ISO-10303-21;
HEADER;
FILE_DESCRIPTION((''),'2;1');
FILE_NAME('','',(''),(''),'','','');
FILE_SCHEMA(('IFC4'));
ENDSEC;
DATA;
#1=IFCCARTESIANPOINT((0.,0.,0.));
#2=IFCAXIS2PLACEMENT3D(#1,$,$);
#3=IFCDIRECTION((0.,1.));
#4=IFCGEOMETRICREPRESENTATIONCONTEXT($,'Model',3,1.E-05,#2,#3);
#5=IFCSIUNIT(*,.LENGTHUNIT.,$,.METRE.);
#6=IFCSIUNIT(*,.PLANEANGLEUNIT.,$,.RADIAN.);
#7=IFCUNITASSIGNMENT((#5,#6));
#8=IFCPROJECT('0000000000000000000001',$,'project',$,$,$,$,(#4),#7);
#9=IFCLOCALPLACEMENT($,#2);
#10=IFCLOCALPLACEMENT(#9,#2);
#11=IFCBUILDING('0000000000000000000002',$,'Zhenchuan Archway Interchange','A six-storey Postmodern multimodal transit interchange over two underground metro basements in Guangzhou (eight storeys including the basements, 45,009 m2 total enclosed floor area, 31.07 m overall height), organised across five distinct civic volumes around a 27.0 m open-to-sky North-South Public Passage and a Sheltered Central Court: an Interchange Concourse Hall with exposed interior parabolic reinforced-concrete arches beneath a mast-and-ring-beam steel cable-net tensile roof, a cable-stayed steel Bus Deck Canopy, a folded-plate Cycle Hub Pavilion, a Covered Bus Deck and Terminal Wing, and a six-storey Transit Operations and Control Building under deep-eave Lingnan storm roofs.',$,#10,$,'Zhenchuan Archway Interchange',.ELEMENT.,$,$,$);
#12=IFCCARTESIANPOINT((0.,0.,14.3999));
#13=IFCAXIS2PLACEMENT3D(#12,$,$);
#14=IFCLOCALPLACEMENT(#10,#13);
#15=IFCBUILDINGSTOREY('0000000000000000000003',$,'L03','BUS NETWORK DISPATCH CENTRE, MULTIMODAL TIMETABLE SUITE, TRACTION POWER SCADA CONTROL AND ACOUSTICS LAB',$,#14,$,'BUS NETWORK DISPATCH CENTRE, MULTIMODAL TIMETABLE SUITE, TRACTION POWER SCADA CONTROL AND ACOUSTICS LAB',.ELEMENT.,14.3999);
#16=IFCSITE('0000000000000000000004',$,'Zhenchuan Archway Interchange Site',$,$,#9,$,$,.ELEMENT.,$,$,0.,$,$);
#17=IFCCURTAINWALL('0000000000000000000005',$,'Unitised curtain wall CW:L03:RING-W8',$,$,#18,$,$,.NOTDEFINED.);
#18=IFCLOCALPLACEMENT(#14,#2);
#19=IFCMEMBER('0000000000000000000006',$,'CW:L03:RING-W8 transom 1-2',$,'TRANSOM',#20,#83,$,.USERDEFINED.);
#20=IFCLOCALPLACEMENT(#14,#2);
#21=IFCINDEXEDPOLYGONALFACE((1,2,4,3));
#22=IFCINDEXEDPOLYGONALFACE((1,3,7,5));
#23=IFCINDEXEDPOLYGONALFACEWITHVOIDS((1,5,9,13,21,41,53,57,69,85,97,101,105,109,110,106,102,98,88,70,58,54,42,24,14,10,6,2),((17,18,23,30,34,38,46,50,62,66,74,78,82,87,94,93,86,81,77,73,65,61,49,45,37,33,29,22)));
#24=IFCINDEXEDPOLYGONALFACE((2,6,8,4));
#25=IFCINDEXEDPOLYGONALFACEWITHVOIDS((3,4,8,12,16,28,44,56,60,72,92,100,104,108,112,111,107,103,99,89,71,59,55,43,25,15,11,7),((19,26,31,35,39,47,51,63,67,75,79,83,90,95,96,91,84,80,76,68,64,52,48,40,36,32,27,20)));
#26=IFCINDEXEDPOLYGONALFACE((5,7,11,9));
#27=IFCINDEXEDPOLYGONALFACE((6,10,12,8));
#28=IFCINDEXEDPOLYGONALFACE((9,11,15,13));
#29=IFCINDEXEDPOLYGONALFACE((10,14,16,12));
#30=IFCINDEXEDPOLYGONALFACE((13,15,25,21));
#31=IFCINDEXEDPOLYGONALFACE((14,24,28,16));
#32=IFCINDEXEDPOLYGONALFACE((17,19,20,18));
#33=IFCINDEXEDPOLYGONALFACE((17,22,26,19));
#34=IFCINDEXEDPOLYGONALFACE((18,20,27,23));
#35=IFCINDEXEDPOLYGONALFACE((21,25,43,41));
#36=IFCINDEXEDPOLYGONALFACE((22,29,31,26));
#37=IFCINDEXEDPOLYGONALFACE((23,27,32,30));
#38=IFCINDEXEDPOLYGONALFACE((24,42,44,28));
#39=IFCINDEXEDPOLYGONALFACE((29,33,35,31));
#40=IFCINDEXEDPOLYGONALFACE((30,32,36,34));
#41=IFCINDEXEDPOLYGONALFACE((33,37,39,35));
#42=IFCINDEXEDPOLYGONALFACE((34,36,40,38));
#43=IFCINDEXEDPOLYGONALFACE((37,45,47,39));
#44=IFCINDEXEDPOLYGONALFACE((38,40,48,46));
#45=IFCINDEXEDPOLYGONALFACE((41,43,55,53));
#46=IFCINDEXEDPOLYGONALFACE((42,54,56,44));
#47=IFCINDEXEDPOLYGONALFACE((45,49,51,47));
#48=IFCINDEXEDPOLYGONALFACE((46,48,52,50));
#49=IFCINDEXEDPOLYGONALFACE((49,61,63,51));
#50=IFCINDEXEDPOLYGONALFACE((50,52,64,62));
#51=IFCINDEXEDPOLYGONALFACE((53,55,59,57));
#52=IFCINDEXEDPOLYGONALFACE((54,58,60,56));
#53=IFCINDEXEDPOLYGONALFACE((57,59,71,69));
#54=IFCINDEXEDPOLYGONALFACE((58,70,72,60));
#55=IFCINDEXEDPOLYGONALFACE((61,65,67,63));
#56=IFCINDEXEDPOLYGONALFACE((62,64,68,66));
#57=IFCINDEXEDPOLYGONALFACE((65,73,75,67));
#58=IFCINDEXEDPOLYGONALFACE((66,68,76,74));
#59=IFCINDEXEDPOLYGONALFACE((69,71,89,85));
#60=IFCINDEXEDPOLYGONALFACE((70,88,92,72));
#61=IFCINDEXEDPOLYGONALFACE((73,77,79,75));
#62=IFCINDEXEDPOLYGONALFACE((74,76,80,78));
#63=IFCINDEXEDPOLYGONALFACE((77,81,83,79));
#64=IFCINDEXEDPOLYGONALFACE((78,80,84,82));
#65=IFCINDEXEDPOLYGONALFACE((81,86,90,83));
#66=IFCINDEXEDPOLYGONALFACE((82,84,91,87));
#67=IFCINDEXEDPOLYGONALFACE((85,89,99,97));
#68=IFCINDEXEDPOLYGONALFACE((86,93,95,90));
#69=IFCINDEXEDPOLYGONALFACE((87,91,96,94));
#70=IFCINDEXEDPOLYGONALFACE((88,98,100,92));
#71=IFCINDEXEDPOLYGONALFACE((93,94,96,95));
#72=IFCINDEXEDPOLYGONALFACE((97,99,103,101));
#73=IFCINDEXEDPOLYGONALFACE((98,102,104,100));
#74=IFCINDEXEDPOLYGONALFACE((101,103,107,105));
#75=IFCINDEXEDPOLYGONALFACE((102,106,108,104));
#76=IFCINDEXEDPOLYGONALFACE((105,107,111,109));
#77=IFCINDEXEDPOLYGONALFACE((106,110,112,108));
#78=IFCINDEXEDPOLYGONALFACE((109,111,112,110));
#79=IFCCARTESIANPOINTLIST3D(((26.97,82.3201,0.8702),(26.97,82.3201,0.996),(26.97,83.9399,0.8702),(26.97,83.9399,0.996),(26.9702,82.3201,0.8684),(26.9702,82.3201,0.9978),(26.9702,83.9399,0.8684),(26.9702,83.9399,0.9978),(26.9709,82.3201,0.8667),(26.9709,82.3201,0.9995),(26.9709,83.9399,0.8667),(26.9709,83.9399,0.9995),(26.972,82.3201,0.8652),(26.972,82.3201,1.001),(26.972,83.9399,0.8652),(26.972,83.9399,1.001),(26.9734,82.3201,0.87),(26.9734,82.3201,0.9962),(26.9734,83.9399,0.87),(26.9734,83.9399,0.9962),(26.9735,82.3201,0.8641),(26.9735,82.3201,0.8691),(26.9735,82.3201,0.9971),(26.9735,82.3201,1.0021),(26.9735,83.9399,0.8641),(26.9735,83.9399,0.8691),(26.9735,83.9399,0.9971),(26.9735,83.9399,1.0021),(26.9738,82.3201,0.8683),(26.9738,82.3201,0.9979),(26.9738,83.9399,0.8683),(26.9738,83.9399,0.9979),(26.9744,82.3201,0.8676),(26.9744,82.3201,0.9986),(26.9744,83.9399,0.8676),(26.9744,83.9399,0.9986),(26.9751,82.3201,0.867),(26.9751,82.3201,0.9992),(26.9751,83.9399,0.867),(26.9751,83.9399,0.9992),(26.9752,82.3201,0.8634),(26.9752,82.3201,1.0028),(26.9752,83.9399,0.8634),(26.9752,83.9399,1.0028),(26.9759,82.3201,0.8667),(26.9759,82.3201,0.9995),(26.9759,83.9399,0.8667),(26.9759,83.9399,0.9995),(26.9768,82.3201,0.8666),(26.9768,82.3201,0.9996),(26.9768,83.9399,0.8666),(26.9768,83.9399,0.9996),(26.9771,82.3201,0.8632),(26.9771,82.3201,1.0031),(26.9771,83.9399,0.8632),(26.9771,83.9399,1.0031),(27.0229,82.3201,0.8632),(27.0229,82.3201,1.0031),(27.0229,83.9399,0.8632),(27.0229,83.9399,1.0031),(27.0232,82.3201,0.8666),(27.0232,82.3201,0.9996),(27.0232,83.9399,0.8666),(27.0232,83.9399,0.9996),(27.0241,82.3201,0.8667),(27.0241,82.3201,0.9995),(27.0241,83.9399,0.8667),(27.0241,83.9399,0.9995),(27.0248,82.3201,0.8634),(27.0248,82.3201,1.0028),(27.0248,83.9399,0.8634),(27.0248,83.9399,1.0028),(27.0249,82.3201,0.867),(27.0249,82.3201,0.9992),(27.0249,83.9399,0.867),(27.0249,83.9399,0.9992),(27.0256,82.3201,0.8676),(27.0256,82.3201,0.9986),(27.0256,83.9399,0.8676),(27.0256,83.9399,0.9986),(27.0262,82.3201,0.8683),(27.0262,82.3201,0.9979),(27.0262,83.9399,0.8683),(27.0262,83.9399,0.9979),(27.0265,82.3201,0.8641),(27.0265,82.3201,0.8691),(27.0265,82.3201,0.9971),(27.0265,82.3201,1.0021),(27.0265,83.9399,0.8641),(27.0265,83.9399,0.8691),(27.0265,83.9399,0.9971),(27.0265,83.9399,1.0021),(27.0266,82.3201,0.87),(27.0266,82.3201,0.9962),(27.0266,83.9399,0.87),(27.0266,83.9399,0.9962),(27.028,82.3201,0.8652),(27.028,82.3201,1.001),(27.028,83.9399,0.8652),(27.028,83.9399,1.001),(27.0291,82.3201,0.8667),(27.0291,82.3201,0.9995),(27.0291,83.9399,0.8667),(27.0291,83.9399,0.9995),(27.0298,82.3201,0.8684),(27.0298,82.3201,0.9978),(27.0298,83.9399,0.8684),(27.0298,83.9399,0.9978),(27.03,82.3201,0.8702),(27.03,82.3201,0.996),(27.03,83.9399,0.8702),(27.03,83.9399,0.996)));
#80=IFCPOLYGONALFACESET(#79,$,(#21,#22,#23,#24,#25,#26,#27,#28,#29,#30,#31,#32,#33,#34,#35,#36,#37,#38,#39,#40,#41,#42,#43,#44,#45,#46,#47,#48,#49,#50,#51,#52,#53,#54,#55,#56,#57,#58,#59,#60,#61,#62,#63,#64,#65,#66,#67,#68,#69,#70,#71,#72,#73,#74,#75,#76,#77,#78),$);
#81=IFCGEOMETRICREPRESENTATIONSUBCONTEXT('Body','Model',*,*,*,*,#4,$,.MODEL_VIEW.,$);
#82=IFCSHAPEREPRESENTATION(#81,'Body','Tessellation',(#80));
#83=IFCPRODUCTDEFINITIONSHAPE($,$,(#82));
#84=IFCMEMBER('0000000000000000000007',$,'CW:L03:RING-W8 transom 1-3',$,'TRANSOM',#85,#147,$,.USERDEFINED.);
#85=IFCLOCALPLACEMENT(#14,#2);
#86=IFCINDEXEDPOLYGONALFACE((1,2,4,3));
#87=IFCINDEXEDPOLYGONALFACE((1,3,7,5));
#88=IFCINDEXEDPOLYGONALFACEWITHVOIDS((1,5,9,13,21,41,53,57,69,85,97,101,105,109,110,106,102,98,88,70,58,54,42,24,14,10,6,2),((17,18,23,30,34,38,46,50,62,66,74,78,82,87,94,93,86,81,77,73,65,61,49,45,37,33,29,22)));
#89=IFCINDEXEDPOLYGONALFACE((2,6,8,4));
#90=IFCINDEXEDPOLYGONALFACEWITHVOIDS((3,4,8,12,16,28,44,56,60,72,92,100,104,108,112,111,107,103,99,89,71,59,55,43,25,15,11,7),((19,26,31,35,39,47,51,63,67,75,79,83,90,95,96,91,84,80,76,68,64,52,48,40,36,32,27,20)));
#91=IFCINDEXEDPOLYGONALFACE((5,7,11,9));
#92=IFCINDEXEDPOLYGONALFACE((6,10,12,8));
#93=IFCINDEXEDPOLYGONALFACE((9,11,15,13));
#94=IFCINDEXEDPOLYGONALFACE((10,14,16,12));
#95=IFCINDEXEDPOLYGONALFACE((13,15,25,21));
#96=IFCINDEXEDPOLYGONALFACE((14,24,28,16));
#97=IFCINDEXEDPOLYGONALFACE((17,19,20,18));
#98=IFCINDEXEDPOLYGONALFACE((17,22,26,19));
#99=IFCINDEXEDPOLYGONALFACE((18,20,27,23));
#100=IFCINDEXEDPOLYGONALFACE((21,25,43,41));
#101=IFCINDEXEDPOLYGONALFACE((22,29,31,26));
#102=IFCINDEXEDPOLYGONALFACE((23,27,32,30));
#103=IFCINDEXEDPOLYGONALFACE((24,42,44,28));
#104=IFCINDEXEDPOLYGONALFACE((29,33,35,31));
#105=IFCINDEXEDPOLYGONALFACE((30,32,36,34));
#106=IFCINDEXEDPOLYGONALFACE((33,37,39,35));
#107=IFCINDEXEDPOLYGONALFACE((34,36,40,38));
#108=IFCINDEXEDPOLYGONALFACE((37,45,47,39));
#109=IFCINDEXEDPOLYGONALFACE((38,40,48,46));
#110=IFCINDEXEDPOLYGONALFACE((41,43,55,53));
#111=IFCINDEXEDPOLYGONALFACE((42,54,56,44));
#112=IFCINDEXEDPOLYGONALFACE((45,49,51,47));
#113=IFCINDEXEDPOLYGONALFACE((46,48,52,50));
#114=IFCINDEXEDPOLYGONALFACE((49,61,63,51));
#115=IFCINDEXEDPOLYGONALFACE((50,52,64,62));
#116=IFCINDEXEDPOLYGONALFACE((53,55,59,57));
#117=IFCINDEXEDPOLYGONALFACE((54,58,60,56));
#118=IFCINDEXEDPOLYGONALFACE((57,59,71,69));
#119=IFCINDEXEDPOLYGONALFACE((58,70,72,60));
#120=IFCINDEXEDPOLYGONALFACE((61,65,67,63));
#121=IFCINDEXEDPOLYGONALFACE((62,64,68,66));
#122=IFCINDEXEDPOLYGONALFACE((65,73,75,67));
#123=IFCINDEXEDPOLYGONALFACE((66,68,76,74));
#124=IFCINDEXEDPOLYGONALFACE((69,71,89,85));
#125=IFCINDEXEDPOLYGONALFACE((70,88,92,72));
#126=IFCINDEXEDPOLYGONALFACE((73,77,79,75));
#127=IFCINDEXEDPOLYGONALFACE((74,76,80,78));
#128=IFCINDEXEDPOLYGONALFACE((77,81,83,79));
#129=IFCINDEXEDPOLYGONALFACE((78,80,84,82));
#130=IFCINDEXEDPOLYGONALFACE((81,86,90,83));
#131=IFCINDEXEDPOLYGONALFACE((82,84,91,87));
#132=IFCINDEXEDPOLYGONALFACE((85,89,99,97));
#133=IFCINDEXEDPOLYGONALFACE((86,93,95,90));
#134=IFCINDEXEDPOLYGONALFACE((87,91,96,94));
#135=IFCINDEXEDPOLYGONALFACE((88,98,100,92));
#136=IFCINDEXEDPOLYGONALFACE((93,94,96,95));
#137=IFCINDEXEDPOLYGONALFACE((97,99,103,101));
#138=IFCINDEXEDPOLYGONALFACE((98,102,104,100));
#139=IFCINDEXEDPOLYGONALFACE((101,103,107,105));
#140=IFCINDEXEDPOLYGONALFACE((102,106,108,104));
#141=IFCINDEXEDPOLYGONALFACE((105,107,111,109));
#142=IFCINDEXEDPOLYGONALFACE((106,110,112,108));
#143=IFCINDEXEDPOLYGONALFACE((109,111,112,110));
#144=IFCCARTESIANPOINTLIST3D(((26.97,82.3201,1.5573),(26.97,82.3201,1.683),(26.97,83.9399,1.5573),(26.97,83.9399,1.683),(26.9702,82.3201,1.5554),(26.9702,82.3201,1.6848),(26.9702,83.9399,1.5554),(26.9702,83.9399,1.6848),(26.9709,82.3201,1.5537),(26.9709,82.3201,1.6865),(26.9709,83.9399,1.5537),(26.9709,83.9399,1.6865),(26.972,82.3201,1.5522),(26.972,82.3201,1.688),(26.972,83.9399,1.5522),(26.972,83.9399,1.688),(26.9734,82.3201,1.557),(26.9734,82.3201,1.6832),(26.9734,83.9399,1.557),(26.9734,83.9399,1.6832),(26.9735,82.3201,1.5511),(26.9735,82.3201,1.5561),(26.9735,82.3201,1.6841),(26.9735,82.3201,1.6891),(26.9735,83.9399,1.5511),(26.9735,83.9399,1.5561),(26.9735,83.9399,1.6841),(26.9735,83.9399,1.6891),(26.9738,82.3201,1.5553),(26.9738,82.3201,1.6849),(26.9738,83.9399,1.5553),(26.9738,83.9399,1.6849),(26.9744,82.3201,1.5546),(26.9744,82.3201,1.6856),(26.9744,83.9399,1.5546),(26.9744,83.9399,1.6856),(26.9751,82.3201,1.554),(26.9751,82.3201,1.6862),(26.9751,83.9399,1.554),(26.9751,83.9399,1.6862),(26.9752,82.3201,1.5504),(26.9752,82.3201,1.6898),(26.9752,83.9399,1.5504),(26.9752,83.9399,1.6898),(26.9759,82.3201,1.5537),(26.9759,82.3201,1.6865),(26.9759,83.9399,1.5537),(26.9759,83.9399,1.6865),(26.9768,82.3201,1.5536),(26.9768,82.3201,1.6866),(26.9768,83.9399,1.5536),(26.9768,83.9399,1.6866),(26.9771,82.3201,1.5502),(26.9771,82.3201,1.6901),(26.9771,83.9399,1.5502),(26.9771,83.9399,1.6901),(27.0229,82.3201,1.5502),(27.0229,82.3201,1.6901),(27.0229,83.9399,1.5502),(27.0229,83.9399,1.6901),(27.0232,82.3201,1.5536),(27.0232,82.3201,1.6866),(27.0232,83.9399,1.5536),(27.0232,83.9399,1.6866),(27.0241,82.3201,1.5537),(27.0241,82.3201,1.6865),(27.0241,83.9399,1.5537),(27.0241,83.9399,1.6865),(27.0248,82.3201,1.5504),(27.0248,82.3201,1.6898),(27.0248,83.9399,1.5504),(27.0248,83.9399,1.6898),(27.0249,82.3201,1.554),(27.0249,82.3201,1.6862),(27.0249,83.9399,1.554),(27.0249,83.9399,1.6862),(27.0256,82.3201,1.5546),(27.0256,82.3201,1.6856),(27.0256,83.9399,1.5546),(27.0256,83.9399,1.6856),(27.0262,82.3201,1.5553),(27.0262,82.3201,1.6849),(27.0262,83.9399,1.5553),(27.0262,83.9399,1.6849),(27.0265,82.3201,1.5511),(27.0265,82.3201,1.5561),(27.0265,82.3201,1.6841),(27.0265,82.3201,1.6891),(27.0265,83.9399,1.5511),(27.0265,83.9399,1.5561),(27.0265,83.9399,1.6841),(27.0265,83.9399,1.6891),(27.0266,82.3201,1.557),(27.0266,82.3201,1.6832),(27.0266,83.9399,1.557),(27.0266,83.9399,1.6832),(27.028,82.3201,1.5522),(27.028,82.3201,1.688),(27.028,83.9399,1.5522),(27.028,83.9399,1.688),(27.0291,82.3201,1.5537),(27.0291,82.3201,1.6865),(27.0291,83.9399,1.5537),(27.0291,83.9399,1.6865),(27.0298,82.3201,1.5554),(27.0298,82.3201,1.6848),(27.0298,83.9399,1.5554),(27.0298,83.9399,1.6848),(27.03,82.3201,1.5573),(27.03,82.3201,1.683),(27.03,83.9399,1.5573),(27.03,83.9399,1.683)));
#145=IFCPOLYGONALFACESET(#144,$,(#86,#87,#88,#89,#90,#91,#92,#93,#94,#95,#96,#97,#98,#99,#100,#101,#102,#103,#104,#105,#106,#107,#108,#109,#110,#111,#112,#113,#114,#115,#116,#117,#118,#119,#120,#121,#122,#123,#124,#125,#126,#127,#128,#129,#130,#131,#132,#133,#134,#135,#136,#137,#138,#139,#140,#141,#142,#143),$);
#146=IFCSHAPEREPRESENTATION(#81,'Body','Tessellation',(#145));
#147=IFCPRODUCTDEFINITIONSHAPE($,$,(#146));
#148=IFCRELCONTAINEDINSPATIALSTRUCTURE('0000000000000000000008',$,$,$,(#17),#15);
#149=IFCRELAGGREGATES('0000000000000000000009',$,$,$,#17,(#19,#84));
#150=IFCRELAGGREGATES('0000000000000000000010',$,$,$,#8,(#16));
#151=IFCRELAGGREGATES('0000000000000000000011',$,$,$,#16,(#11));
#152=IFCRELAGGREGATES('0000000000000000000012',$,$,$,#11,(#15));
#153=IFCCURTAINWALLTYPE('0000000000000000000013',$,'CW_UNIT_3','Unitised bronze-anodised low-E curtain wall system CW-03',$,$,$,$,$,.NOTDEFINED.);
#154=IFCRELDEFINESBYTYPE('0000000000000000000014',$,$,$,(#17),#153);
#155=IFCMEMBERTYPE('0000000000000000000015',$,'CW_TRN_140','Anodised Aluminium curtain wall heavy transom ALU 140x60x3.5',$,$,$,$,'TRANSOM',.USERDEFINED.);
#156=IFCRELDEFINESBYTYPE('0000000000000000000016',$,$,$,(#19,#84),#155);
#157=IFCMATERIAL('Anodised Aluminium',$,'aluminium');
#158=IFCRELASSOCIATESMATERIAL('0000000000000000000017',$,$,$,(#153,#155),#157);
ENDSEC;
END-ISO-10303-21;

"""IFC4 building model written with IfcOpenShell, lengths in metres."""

from ifc_helpers import new_model, si_unit, direction, frame, origin, origin_2d, place, context, subcontext, project, spatial, hollow_rectangle, extrude, material, material_profile, profile_set, type_object, element, aggregate, save


model = new_model("IFC4")

# Units and contexts
model_context = context("Model", 3, precision=1e-05, world=origin(), true_north=direction((0.0, 1.0)))
body_context = subcontext(model_context, "Body", "Model", "MODEL_VIEW")
ifc_project = project(units=[si_unit("LENGTHUNIT", "METRE"), si_unit("PLANEANGLEUNIT", "RADIAN")], contexts=[model_context])

# Site, building, storey
site_placement = place(None, origin())
site = spatial("IfcSite", under=ifc_project, at=site_placement, Name="Zhenchuan Archway Interchange Site", CompositionType="ELEMENT", RefElevation=0.0)
building_placement = place(site_placement, origin())
building = spatial("IfcBuilding", under=site, at=building_placement, Name="Zhenchuan Archway Interchange", Description="A six-storey Postmodern multimodal transit interchange over two underground metro basements in Guangzhou (eight storeys including the basements, 45,009 m2 total enclosed floor area, 31.07 m overall height), organised across five distinct civic volumes around a 27.0 m open-to-sky North-South Public Passage and a Sheltered Central Court: an Interchange Concourse Hall with exposed interior parabolic reinforced-concrete arches beneath a mast-and-ring-beam steel cable-net tensile roof, a cable-stayed steel Bus Deck Canopy, a folded-plate Cycle Hub Pavilion, a Covered Bus Deck and Terminal Wing, and a six-storey Transit Operations and Control Building under deep-eave Lingnan storm roofs.", LongName="Zhenchuan Archway Interchange", CompositionType="ELEMENT")
storey_placement = place(building_placement, frame((0.0, 0.0, 14.3999)))
storey = spatial("IfcBuildingStorey", under=building, at=storey_placement, Name="L03", Description="BUS NETWORK DISPATCH CENTRE, MULTIMODAL TIMETABLE SUITE, TRACTION POWER SCADA CONTROL AND ACOUSTICS LAB", LongName="BUS NETWORK DISPATCH CENTRE, MULTIMODAL TIMETABLE SUITE, TRACTION POWER SCADA CONTROL AND ACOUSTICS LAB", CompositionType="ELEMENT", Elevation=14.3999)

# Curtain wall, members
ifc_material_1 = material(Name="Anodised Aluminium", Category="aluminium")
curtain_wall_type = type_object("IfcCurtainWallType", Name="CW_UNIT_3", Description="Unitised bronze-anodised low-E curtain wall system CW-03", PredefinedType="NOTDEFINED", material=ifc_material_1)
curtain_wall_placement = place(storey_placement, origin())
curtain_wall = element("IfcCurtainWall", 1, at=curtain_wall_placement, inside=storey, type_object=curtain_wall_type, Name="Unitised curtain wall CW:L03:RING-W8", PredefinedType="NOTDEFINED")
ifc_material_profile_1 = material_profile(ifc_material_1, hollow_rectangle(XDim=0.0601, YDim=0.1399, WallThickness=0.0034, InnerFilletRadius=0.0034, OuterFilletRadius=0.0071, at=origin_2d()), Name="ALU 140x60x3.5")
ifc_profile_set_1 = profile_set([ifc_material_profile_1], Name="Anodised Aluminium")
member_type_1 = type_object("IfcMemberType", Name="CW_TRN_140", Description="Anodised Aluminium curtain wall heavy transom ALU 140x60x3.5", ElementType="TRANSOM", PredefinedType="USERDEFINED", material=ifc_profile_set_1)
member_1_placement = place(storey_placement, frame((27.0, 82.3201, 0.9331), z_axis=(0.0, 1.0, 0.0), x_axis=(-1.0, 0.0, 0.0)))
member_1 = element("IfcMember", 2, at=member_1_placement, type_object=member_type_1, Name="CW:L03:RING-W8 transom 1-2", ObjectType="TRANSOM", PredefinedType="USERDEFINED", context=body_context, shape_type="SweptSolid", body=[
    extrude(hollow_rectangle(XDim=0.0601, YDim=0.1399, WallThickness=0.0034, InnerFilletRadius=0.0034, OuterFilletRadius=0.0071, at=origin_2d()), origin(), (0.0, 0.0, 1.0), 1.6199),
])
member_2_placement = place(storey_placement, frame((27.0, 82.3201, 1.6201), z_axis=(0.0, 1.0, 0.0), x_axis=(-1.0, 0.0, 0.0)))
member_2 = element("IfcMember", 3, at=member_2_placement, type_object=member_type_1, Name="CW:L03:RING-W8 transom 1-3", ObjectType="TRANSOM", PredefinedType="USERDEFINED", context=body_context, shape_type="SweptSolid", body=[
    extrude(hollow_rectangle(XDim=0.0601, YDim=0.1399, WallThickness=0.0034, InnerFilletRadius=0.0034, OuterFilletRadius=0.0071, at=origin_2d()), origin(), (0.0, 0.0, 1.0), 1.6199),
])

aggregate(curtain_wall, [member_1, member_2])

save(model, "model.ifc")
